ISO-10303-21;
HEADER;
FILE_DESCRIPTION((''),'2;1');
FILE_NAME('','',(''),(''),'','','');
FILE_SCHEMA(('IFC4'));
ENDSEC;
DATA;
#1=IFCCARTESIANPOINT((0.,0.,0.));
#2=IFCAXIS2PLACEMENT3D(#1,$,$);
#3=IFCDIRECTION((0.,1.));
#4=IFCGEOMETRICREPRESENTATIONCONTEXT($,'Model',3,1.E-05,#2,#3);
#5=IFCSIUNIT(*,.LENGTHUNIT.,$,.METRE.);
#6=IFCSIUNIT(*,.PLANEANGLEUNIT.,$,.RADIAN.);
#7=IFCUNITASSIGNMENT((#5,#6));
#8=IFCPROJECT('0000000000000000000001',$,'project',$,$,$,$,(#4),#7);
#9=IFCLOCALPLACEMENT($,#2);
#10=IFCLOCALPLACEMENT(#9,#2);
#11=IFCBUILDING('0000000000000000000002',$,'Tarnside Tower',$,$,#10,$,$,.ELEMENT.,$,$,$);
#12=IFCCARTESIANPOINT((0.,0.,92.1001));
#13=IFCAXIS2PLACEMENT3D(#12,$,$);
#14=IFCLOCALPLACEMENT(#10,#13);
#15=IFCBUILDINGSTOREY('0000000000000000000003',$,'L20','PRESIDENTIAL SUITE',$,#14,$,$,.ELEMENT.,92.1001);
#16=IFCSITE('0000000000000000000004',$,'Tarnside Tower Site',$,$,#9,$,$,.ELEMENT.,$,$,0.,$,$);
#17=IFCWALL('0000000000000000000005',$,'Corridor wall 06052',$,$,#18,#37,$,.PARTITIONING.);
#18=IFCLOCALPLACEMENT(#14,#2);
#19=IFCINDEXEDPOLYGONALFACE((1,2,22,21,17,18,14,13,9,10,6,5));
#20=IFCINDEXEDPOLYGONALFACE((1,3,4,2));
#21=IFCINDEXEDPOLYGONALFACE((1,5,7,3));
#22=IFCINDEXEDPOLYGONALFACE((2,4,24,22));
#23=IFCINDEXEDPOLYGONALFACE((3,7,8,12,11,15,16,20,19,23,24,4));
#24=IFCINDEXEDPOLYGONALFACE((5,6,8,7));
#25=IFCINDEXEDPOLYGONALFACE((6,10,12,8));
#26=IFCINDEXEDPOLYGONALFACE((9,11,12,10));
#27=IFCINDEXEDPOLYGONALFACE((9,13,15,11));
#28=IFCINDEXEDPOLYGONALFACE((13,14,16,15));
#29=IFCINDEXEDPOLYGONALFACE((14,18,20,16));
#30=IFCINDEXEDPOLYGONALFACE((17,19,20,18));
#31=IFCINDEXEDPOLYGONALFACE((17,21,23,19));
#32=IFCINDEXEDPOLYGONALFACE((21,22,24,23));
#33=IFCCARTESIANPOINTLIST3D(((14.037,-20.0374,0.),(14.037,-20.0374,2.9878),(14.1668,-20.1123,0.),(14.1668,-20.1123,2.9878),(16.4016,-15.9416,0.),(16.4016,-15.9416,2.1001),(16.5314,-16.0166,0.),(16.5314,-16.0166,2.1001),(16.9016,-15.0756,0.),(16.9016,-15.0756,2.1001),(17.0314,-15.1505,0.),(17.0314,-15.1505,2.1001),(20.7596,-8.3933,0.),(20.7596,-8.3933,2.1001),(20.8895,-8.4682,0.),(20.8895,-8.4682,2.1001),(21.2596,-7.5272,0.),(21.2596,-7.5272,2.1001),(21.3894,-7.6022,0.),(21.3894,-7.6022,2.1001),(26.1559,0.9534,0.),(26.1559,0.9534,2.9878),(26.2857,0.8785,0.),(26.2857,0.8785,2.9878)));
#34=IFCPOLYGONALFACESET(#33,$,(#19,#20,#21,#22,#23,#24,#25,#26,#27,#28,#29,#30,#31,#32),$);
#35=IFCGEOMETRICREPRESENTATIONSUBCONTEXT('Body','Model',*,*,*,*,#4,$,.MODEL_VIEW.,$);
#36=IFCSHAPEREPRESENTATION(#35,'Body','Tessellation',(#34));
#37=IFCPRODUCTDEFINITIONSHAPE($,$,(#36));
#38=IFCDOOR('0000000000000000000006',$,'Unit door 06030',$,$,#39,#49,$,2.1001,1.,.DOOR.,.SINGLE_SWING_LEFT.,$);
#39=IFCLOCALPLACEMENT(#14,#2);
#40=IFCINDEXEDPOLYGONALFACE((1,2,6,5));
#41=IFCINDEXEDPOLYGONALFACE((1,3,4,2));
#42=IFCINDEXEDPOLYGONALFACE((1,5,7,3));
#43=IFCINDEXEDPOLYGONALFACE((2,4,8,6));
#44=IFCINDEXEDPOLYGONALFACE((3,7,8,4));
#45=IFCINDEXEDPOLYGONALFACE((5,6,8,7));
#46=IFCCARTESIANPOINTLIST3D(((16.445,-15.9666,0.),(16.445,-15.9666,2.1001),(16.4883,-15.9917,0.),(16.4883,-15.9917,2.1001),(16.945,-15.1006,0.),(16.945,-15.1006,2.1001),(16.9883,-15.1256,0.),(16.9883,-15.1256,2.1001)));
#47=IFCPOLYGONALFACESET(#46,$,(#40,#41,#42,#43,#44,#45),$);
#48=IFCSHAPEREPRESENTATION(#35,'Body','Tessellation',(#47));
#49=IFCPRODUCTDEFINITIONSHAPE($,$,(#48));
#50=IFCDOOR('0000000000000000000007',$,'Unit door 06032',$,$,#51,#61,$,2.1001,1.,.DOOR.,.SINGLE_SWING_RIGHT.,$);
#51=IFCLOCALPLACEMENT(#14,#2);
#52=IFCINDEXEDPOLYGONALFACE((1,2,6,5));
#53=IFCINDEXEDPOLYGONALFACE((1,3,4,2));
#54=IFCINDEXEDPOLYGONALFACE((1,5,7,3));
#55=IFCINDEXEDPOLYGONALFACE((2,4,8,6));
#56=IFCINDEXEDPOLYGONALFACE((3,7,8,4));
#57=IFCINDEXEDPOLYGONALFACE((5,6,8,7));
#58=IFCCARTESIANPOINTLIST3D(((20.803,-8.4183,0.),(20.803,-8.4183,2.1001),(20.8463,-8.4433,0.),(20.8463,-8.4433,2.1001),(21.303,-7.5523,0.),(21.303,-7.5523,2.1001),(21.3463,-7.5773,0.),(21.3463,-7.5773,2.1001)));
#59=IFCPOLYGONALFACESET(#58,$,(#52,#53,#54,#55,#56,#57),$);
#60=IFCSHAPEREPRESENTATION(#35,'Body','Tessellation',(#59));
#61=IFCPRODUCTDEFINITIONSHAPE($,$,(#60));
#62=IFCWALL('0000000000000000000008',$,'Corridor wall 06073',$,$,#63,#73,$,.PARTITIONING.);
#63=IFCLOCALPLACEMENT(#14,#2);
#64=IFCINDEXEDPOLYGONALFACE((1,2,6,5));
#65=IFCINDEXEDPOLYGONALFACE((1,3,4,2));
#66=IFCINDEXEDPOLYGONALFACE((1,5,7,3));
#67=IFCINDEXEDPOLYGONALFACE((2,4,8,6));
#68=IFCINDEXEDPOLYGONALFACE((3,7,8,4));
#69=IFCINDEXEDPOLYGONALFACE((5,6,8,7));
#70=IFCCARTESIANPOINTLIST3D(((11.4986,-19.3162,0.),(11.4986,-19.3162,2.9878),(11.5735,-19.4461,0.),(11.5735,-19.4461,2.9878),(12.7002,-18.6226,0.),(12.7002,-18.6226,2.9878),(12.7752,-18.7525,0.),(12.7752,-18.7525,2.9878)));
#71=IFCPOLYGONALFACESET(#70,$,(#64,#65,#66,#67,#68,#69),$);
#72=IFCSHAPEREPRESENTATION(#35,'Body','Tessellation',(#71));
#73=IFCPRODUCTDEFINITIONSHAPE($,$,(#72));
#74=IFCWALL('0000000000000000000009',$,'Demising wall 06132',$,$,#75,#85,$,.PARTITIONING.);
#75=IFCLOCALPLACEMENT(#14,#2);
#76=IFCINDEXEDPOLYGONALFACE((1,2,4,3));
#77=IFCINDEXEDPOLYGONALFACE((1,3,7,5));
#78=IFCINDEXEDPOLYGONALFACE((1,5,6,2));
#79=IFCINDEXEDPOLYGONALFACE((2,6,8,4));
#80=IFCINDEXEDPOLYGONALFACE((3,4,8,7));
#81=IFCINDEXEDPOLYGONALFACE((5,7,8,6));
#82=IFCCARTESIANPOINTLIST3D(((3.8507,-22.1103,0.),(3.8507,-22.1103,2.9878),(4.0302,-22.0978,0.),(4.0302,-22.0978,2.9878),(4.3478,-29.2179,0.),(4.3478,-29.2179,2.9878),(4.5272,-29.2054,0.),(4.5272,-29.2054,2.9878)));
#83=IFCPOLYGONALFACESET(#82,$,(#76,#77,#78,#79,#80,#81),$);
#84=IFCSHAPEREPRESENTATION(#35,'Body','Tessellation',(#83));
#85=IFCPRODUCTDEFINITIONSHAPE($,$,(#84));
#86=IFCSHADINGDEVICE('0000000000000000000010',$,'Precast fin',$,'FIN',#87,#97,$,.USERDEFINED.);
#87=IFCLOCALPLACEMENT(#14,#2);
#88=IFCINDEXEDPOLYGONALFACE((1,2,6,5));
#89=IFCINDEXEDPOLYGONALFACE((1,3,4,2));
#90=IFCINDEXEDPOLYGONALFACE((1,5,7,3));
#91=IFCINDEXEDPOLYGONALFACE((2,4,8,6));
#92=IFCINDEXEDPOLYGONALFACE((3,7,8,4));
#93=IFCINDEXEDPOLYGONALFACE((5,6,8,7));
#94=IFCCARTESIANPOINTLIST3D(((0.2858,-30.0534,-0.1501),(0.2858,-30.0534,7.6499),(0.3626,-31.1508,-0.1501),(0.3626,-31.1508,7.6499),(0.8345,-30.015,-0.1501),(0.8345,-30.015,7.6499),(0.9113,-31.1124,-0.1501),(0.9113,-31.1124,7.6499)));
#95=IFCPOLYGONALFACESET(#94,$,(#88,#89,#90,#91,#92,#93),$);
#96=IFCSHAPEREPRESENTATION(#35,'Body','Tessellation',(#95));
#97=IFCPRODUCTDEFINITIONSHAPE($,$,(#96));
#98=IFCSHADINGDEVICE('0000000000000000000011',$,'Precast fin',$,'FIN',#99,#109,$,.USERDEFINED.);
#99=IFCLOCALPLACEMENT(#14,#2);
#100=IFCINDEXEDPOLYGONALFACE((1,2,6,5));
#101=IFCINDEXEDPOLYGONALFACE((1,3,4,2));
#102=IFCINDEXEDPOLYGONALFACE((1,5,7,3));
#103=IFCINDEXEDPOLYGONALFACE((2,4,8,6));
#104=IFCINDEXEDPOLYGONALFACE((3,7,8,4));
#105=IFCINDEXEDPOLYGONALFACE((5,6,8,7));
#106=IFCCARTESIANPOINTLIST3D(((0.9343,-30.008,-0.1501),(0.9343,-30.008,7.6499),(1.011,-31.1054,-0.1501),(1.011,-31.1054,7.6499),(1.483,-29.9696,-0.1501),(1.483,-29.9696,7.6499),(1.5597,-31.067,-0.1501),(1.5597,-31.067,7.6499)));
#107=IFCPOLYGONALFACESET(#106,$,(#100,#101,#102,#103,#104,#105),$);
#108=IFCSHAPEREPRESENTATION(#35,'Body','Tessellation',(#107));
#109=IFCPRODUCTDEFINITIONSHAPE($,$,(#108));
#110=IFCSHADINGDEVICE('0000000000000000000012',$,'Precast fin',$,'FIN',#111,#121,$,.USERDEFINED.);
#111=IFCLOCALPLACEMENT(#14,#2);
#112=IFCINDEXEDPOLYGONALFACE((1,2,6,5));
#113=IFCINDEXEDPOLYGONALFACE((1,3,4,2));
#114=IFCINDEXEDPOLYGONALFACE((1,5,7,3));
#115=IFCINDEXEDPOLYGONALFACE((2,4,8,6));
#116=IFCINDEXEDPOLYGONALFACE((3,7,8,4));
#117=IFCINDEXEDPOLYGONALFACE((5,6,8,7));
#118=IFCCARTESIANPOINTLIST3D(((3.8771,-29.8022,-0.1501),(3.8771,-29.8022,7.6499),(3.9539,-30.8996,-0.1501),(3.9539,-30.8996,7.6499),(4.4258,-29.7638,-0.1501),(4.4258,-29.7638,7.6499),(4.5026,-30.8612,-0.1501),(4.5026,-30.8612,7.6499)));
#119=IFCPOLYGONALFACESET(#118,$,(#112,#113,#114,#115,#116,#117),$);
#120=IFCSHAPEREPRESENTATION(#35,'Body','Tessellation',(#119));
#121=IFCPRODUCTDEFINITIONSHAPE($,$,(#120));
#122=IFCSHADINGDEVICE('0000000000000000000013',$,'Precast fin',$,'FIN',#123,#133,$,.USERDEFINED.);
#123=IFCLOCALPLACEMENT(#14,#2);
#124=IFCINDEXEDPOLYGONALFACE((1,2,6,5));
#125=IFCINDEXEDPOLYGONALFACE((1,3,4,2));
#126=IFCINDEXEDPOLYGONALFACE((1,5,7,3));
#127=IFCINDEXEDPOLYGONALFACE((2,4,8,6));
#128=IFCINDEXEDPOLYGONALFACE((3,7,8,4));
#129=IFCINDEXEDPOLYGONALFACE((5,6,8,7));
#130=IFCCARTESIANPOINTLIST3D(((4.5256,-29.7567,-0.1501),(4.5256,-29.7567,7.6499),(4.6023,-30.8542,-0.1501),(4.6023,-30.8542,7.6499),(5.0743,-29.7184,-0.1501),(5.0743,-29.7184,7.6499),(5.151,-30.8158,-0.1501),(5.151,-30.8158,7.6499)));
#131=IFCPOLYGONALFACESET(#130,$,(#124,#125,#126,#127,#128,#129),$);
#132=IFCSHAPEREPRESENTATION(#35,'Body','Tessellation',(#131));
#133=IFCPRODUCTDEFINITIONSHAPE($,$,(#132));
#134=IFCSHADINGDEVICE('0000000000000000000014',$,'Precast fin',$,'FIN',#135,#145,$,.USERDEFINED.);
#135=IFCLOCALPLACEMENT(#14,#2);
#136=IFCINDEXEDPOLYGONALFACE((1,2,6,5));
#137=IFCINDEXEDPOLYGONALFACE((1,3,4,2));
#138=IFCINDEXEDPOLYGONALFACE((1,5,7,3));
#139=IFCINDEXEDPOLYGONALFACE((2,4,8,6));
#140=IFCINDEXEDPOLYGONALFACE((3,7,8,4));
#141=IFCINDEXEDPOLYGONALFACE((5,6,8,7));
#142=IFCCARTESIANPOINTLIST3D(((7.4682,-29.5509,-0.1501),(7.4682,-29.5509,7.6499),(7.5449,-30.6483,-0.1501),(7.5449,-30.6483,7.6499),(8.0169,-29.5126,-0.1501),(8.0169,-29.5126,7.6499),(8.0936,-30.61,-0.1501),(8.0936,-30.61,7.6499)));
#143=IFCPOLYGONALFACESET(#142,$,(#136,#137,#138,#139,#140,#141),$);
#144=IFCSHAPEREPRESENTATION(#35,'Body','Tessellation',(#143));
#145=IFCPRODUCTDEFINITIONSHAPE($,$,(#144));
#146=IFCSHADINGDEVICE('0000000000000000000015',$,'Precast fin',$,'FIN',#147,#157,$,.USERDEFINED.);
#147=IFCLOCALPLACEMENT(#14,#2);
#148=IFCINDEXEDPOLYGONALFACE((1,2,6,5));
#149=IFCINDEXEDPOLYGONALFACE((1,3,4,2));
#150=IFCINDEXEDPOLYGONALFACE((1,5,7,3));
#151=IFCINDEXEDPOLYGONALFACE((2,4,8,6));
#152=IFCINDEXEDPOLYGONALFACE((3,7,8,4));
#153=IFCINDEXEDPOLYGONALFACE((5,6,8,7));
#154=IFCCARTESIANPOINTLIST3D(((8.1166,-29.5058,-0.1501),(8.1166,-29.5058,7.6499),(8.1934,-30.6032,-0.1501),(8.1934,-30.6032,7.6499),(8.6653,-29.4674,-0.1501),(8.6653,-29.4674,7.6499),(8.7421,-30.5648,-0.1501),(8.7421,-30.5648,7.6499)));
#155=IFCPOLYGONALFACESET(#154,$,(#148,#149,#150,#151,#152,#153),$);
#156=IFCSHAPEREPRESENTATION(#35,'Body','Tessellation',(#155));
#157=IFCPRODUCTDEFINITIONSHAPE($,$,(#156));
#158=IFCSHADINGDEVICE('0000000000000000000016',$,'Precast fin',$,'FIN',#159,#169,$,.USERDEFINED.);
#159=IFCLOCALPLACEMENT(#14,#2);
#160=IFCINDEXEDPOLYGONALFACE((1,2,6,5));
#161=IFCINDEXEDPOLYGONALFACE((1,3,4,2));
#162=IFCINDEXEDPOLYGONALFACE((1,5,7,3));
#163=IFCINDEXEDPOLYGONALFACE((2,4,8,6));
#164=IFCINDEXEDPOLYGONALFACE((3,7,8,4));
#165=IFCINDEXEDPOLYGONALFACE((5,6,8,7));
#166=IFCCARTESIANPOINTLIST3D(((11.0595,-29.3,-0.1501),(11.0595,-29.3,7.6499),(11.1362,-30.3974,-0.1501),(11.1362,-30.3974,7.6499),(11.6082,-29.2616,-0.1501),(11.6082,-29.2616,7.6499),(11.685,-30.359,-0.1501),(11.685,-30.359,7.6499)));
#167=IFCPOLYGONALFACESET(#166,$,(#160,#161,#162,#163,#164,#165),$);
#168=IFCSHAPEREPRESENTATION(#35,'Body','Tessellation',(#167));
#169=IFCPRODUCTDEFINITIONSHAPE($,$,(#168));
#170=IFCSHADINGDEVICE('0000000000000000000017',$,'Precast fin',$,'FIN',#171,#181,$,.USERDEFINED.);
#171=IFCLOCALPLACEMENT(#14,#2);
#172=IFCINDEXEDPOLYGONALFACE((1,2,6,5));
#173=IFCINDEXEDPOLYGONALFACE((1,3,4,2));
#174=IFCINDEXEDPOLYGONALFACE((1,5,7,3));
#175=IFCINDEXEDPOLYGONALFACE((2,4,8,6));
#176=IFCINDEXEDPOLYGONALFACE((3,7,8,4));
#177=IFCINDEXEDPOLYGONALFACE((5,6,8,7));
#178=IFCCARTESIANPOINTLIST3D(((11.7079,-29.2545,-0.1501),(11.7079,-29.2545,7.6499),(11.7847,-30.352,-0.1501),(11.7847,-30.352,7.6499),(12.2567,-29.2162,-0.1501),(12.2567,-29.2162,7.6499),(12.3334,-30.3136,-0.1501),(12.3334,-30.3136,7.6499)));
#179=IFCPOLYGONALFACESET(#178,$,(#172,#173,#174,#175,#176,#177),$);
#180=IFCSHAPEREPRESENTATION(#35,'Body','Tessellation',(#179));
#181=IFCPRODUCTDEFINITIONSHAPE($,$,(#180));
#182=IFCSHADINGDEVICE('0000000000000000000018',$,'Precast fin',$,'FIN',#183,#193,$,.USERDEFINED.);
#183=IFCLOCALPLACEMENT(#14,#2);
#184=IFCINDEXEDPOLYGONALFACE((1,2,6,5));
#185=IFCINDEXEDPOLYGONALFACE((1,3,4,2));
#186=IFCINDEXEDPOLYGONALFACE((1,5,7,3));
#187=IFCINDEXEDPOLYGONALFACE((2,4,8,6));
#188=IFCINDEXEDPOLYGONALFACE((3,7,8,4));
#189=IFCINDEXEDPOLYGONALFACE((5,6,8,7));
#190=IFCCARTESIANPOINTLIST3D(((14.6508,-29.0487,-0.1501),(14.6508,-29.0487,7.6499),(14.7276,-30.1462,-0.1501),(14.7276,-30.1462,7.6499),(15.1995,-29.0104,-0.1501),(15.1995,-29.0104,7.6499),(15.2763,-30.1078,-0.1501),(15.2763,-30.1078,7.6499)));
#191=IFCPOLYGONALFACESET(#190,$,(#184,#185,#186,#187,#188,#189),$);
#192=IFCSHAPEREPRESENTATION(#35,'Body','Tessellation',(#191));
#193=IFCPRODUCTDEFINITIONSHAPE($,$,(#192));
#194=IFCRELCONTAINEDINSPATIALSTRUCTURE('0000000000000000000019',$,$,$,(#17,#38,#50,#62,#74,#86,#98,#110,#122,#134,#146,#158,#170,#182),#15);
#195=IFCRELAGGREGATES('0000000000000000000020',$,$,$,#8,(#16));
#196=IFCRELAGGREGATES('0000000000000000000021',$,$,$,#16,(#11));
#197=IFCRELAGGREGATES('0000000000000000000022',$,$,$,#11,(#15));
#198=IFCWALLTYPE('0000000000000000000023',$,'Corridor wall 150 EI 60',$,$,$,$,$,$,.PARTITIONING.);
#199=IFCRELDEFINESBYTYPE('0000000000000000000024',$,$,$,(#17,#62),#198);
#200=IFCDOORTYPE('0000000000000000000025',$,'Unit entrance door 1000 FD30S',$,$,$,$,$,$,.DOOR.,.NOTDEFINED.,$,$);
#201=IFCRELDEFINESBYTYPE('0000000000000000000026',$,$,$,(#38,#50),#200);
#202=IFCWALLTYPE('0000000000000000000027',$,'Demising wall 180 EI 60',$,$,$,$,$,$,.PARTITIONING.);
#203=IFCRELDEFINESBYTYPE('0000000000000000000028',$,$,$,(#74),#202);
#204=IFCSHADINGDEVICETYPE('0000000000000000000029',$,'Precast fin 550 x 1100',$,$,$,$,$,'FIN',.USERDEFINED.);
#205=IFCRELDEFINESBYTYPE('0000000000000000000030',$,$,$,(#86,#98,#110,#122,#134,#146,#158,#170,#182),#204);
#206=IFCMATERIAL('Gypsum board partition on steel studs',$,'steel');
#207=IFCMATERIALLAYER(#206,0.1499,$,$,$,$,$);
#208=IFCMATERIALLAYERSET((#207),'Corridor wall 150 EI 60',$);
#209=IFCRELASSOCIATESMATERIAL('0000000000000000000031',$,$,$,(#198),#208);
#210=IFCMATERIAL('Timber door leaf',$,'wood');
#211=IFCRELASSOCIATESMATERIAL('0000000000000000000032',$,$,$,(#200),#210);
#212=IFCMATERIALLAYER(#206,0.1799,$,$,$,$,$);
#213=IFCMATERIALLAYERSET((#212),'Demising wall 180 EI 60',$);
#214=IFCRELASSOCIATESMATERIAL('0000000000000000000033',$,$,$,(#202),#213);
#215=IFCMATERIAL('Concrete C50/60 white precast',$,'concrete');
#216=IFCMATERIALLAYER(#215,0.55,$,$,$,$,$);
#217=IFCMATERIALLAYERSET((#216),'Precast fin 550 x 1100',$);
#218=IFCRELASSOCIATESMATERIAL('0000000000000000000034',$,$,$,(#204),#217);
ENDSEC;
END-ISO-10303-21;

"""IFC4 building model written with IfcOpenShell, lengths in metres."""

from ifc_helpers import new_model, si_unit, direction, frame, frame_2d, origin, place, context, subcontext, project, spatial, polyline, rectangle, outline, extrude, material, layer, layer_set, type_object, element, fill, save


model = new_model("IFC4")

# Units and contexts
model_context = context("Model", 3, precision=1e-05, world=origin(), true_north=direction((0.0, 1.0)))
body_context = subcontext(model_context, "Body", "Model", "MODEL_VIEW")
ifc_project = project(units=[si_unit("LENGTHUNIT", "METRE"), si_unit("PLANEANGLEUNIT", "RADIAN")], contexts=[model_context])

# Site, building, storey
site_placement = place(None, origin())
site = spatial("IfcSite", under=ifc_project, at=site_placement, Name="Tarnside Tower Site", CompositionType="ELEMENT", RefElevation=0.0)
building_placement = place(site_placement, origin())
building = spatial("IfcBuilding", under=site, at=building_placement, Name="Tarnside Tower", CompositionType="ELEMENT")
storey_placement = place(building_placement, frame((0.0, 0.0, 92.1001)))
storey = spatial("IfcBuildingStorey", under=building, at=storey_placement, Name="L20", Description="PRESIDENTIAL SUITE", CompositionType="ELEMENT", Elevation=92.1001)

# Shared definitions
ifc_material_1 = material(Name="Gypsum board partition on steel studs", Category="steel")
ifc_material_2 = material(Name="Timber door leaf", Category="wood")

# Shared definitions
ifc_layer_1 = layer(ifc_material_1, 0.1499)
ifc_layer_set_1 = layer_set([ifc_layer_1], Name="Corridor wall 150 EI 60")
wall_type_1 = type_object("IfcWallType", Name="Corridor wall 150 EI 60", PredefinedType="PARTITIONING", material=ifc_layer_set_1)

# Wall, openings, doors
wall_1_placement = place(storey_placement, frame((14.1018, -20.075, 0.0), z_axis=(0.0, 0.0, 1.0), x_axis=(0.499997, 0.866027, 0.0)))
wall_1 = element("IfcWall", 1, at=wall_1_placement, inside=storey, type_object=wall_type_1, Name="Corridor wall 06052", PredefinedType="PARTITIONING", context=body_context, shape_type="SweptSolid", body=[
    extrude(rectangle(XDim=24.238, YDim=0.1499, at=frame_2d((12.1191, 0.0))), origin(), (0.0, 0.0, 1.0), 2.9878),
])
opening_1_placement = place(wall_1_placement, frame((4.7295, 0.0, 0.0)))
opening_1 = element("IfcOpeningElement", 2, at=opening_1_placement, cuts=wall_1, PredefinedType="OPENING", context=body_context, shape_type="SweptSolid", body=[
    extrude(rectangle(XDim=1.0, YDim=2.1001, at=frame_2d((0.5, 1.05))), frame((0.0, 0.085, 0.0), z_axis=(0.0, -1.0, 0.0), x_axis=(1.0, 0.0, 0.0)), (0.0, 0.0, 1.0), 0.1699),
])
opening_2_placement = place(wall_1_placement, frame((13.4456, 0.0, 0.0)))
opening_2 = element("IfcOpeningElement", 3, at=opening_2_placement, cuts=wall_1, PredefinedType="OPENING", context=body_context, shape_type="SweptSolid", body=[
    extrude(rectangle(XDim=1.0, YDim=2.1001, at=frame_2d((0.5, 1.05))), frame((0.0, 0.085, 0.0), z_axis=(0.0, -1.0, 0.0), x_axis=(1.0, 0.0, 0.0)), (0.0, 0.0, 1.0), 0.1699),
])
door_type_1 = type_object("IfcDoorType", Name="Unit entrance door 1000 FD30S", OperationType="NOTDEFINED", PredefinedType="DOOR", material=ifc_material_2)
door_1_placement = place(opening_1_placement, origin())
door_1 = element("IfcDoor", 4, at=door_1_placement, inside=storey, type_object=door_type_1, Name="Unit door 06030", OperationType="SINGLE_SWING_LEFT", OverallHeight=2.1001, OverallWidth=1.0, PredefinedType="DOOR", context=body_context, shape_type="SweptSolid", body=[
    extrude(rectangle(XDim=1.0, YDim=2.1001, at=frame_2d((0.5, 1.05))), frame((0.0, 0.0249, 0.0), z_axis=(0.0, -1.0, 0.0), x_axis=(1.0, 0.0, 0.0)), (0.0, 0.0, 1.0), 0.05),
])
fill(opening_1, door_1)
door_2_placement = place(opening_2_placement, origin())
door_2 = element("IfcDoor", 5, at=door_2_placement, inside=storey, type_object=door_type_1, Name="Unit door 06032", OperationType="SINGLE_SWING_RIGHT", OverallHeight=2.1001, OverallWidth=1.0, PredefinedType="DOOR", context=body_context, shape_type="SweptSolid", body=[
    extrude(rectangle(XDim=1.0, YDim=2.1001, at=frame_2d((0.5, 1.05))), frame((0.0, 0.0249, 0.0), z_axis=(0.0, -1.0, 0.0), x_axis=(1.0, 0.0, 0.0)), (0.0, 0.0, 1.0), 0.05),
])
fill(opening_2, door_2)

# Walls
wall_2_placement = place(storey_placement, frame((12.7378, -18.6875, 0.0), z_axis=(0.0, 0.0, 1.0), x_axis=(-0.86608, -0.499905, 0.0)))
element("IfcWall", 6, at=wall_2_placement, inside=storey, type_object=wall_type_1, Name="Corridor wall 06073", PredefinedType="PARTITIONING", context=body_context, shape_type="SweptSolid", body=[
    extrude(rectangle(XDim=1.3875, YDim=0.1499, at=frame_2d((0.6938, 0.0))), origin(), (0.0, 0.0, 1.0), 2.9878),
])
ifc_layer_2 = layer(ifc_material_1, 0.1799)
ifc_layer_set_2 = layer_set([ifc_layer_2], Name="Demising wall 180 EI 60")
wall_type_2 = type_object("IfcWallType", Name="Demising wall 180 EI 60", PredefinedType="PARTITIONING", material=ifc_layer_set_2)
wall_3_placement = place(storey_placement, frame((4.4375, -29.2117, 0.0), z_axis=(0.0, 0.0, 1.0), x_axis=(-0.069764, 0.997564, 0.0)))
element("IfcWall", 7, at=wall_3_placement, inside=storey, type_object=wall_type_2, Name="Demising wall 06132", PredefinedType="PARTITIONING", context=body_context, shape_type="SweptSolid", body=[
    extrude(rectangle(XDim=7.125, YDim=0.1799, at=frame_2d((3.5625, 0.0))), origin(), (0.0, 0.0, 1.0), 2.9878),
])

# Shading devices
ifc_material_3 = material(Name="Concrete C50/60 white precast", Category="concrete")
ifc_layer_3 = layer(ifc_material_3, 0.55)
ifc_layer_set_3 = layer_set([ifc_layer_3], Name="Precast fin 550 x 1100")
shading_device_type = type_object("IfcShadingDeviceType", Name="Precast fin 550 x 1100", ElementType="FIN", PredefinedType="USERDEFINED", material=ifc_layer_set_3)
for number, where, z_axis, x_axis, name in (
    (8, (0.5603, -30.0342, -0.1501), (-0.997564, -0.069756, 0.0), (0.069756, -0.997564, 0.0), "Precast fin"),
    (9, (1.2087, -29.9888, -0.1501), (-0.997564, -0.069756, 0.0), (0.069756, -0.997564, 0.0), "Precast fin"),
    (10, (4.1516, -29.783, -0.1501), (-0.997564, -0.069756, 0.0), (0.069756, -0.997564, 0.0), "Precast fin"),
    (11, (4.8, -29.7375, -0.1501), (-0.997564, -0.069756, 0.0), (0.069756, -0.997564, 0.0), "Precast fin"),
    (12, (7.7427, -29.5317, -0.1501), (-0.997564, -0.069756, 0.0), (0.069756, -0.997564, 0.0), "Precast fin"),
    (13, (8.3911, -29.4866, -0.1501), (-0.997564, -0.069756, 0.0), (0.069756, -0.997564, 0.0), "Precast fin"),
    (14, (11.334, -29.2808, -0.1501), (-0.997564, -0.069756, 0.0), (0.069756, -0.997564, 0.0), "Precast fin"),
    (15, (11.9824, -29.2354, -0.1501), (-0.997564, -0.069756, 0.0), (0.069756, -0.997564, 0.0), "Precast fin"),
    (16, (14.9253, -29.0295, -0.1501), (-0.997564, -0.069756, 0.0), (0.069756, -0.997564, 0.0), "Precast fin"),
):
    element("IfcShadingDevice", number, at=place(storey_placement, frame(where, z_axis=z_axis, x_axis=x_axis)), inside=storey, type_object=shading_device_type, Name=name, ObjectType="FIN", PredefinedType="USERDEFINED", context=body_context, shape_type="SweptSolid", body=[
        extrude(outline(polyline([(0.0, 0.0), (1.1001, 0.0), (1.1001, 7.8), (0.0, 7.8), (0.0, 0.0)])), frame((0.0, 0.0, -0.2749)), (0.0, 0.0, 1.0), 0.55),
    ])

save(model, "model.ifc")
